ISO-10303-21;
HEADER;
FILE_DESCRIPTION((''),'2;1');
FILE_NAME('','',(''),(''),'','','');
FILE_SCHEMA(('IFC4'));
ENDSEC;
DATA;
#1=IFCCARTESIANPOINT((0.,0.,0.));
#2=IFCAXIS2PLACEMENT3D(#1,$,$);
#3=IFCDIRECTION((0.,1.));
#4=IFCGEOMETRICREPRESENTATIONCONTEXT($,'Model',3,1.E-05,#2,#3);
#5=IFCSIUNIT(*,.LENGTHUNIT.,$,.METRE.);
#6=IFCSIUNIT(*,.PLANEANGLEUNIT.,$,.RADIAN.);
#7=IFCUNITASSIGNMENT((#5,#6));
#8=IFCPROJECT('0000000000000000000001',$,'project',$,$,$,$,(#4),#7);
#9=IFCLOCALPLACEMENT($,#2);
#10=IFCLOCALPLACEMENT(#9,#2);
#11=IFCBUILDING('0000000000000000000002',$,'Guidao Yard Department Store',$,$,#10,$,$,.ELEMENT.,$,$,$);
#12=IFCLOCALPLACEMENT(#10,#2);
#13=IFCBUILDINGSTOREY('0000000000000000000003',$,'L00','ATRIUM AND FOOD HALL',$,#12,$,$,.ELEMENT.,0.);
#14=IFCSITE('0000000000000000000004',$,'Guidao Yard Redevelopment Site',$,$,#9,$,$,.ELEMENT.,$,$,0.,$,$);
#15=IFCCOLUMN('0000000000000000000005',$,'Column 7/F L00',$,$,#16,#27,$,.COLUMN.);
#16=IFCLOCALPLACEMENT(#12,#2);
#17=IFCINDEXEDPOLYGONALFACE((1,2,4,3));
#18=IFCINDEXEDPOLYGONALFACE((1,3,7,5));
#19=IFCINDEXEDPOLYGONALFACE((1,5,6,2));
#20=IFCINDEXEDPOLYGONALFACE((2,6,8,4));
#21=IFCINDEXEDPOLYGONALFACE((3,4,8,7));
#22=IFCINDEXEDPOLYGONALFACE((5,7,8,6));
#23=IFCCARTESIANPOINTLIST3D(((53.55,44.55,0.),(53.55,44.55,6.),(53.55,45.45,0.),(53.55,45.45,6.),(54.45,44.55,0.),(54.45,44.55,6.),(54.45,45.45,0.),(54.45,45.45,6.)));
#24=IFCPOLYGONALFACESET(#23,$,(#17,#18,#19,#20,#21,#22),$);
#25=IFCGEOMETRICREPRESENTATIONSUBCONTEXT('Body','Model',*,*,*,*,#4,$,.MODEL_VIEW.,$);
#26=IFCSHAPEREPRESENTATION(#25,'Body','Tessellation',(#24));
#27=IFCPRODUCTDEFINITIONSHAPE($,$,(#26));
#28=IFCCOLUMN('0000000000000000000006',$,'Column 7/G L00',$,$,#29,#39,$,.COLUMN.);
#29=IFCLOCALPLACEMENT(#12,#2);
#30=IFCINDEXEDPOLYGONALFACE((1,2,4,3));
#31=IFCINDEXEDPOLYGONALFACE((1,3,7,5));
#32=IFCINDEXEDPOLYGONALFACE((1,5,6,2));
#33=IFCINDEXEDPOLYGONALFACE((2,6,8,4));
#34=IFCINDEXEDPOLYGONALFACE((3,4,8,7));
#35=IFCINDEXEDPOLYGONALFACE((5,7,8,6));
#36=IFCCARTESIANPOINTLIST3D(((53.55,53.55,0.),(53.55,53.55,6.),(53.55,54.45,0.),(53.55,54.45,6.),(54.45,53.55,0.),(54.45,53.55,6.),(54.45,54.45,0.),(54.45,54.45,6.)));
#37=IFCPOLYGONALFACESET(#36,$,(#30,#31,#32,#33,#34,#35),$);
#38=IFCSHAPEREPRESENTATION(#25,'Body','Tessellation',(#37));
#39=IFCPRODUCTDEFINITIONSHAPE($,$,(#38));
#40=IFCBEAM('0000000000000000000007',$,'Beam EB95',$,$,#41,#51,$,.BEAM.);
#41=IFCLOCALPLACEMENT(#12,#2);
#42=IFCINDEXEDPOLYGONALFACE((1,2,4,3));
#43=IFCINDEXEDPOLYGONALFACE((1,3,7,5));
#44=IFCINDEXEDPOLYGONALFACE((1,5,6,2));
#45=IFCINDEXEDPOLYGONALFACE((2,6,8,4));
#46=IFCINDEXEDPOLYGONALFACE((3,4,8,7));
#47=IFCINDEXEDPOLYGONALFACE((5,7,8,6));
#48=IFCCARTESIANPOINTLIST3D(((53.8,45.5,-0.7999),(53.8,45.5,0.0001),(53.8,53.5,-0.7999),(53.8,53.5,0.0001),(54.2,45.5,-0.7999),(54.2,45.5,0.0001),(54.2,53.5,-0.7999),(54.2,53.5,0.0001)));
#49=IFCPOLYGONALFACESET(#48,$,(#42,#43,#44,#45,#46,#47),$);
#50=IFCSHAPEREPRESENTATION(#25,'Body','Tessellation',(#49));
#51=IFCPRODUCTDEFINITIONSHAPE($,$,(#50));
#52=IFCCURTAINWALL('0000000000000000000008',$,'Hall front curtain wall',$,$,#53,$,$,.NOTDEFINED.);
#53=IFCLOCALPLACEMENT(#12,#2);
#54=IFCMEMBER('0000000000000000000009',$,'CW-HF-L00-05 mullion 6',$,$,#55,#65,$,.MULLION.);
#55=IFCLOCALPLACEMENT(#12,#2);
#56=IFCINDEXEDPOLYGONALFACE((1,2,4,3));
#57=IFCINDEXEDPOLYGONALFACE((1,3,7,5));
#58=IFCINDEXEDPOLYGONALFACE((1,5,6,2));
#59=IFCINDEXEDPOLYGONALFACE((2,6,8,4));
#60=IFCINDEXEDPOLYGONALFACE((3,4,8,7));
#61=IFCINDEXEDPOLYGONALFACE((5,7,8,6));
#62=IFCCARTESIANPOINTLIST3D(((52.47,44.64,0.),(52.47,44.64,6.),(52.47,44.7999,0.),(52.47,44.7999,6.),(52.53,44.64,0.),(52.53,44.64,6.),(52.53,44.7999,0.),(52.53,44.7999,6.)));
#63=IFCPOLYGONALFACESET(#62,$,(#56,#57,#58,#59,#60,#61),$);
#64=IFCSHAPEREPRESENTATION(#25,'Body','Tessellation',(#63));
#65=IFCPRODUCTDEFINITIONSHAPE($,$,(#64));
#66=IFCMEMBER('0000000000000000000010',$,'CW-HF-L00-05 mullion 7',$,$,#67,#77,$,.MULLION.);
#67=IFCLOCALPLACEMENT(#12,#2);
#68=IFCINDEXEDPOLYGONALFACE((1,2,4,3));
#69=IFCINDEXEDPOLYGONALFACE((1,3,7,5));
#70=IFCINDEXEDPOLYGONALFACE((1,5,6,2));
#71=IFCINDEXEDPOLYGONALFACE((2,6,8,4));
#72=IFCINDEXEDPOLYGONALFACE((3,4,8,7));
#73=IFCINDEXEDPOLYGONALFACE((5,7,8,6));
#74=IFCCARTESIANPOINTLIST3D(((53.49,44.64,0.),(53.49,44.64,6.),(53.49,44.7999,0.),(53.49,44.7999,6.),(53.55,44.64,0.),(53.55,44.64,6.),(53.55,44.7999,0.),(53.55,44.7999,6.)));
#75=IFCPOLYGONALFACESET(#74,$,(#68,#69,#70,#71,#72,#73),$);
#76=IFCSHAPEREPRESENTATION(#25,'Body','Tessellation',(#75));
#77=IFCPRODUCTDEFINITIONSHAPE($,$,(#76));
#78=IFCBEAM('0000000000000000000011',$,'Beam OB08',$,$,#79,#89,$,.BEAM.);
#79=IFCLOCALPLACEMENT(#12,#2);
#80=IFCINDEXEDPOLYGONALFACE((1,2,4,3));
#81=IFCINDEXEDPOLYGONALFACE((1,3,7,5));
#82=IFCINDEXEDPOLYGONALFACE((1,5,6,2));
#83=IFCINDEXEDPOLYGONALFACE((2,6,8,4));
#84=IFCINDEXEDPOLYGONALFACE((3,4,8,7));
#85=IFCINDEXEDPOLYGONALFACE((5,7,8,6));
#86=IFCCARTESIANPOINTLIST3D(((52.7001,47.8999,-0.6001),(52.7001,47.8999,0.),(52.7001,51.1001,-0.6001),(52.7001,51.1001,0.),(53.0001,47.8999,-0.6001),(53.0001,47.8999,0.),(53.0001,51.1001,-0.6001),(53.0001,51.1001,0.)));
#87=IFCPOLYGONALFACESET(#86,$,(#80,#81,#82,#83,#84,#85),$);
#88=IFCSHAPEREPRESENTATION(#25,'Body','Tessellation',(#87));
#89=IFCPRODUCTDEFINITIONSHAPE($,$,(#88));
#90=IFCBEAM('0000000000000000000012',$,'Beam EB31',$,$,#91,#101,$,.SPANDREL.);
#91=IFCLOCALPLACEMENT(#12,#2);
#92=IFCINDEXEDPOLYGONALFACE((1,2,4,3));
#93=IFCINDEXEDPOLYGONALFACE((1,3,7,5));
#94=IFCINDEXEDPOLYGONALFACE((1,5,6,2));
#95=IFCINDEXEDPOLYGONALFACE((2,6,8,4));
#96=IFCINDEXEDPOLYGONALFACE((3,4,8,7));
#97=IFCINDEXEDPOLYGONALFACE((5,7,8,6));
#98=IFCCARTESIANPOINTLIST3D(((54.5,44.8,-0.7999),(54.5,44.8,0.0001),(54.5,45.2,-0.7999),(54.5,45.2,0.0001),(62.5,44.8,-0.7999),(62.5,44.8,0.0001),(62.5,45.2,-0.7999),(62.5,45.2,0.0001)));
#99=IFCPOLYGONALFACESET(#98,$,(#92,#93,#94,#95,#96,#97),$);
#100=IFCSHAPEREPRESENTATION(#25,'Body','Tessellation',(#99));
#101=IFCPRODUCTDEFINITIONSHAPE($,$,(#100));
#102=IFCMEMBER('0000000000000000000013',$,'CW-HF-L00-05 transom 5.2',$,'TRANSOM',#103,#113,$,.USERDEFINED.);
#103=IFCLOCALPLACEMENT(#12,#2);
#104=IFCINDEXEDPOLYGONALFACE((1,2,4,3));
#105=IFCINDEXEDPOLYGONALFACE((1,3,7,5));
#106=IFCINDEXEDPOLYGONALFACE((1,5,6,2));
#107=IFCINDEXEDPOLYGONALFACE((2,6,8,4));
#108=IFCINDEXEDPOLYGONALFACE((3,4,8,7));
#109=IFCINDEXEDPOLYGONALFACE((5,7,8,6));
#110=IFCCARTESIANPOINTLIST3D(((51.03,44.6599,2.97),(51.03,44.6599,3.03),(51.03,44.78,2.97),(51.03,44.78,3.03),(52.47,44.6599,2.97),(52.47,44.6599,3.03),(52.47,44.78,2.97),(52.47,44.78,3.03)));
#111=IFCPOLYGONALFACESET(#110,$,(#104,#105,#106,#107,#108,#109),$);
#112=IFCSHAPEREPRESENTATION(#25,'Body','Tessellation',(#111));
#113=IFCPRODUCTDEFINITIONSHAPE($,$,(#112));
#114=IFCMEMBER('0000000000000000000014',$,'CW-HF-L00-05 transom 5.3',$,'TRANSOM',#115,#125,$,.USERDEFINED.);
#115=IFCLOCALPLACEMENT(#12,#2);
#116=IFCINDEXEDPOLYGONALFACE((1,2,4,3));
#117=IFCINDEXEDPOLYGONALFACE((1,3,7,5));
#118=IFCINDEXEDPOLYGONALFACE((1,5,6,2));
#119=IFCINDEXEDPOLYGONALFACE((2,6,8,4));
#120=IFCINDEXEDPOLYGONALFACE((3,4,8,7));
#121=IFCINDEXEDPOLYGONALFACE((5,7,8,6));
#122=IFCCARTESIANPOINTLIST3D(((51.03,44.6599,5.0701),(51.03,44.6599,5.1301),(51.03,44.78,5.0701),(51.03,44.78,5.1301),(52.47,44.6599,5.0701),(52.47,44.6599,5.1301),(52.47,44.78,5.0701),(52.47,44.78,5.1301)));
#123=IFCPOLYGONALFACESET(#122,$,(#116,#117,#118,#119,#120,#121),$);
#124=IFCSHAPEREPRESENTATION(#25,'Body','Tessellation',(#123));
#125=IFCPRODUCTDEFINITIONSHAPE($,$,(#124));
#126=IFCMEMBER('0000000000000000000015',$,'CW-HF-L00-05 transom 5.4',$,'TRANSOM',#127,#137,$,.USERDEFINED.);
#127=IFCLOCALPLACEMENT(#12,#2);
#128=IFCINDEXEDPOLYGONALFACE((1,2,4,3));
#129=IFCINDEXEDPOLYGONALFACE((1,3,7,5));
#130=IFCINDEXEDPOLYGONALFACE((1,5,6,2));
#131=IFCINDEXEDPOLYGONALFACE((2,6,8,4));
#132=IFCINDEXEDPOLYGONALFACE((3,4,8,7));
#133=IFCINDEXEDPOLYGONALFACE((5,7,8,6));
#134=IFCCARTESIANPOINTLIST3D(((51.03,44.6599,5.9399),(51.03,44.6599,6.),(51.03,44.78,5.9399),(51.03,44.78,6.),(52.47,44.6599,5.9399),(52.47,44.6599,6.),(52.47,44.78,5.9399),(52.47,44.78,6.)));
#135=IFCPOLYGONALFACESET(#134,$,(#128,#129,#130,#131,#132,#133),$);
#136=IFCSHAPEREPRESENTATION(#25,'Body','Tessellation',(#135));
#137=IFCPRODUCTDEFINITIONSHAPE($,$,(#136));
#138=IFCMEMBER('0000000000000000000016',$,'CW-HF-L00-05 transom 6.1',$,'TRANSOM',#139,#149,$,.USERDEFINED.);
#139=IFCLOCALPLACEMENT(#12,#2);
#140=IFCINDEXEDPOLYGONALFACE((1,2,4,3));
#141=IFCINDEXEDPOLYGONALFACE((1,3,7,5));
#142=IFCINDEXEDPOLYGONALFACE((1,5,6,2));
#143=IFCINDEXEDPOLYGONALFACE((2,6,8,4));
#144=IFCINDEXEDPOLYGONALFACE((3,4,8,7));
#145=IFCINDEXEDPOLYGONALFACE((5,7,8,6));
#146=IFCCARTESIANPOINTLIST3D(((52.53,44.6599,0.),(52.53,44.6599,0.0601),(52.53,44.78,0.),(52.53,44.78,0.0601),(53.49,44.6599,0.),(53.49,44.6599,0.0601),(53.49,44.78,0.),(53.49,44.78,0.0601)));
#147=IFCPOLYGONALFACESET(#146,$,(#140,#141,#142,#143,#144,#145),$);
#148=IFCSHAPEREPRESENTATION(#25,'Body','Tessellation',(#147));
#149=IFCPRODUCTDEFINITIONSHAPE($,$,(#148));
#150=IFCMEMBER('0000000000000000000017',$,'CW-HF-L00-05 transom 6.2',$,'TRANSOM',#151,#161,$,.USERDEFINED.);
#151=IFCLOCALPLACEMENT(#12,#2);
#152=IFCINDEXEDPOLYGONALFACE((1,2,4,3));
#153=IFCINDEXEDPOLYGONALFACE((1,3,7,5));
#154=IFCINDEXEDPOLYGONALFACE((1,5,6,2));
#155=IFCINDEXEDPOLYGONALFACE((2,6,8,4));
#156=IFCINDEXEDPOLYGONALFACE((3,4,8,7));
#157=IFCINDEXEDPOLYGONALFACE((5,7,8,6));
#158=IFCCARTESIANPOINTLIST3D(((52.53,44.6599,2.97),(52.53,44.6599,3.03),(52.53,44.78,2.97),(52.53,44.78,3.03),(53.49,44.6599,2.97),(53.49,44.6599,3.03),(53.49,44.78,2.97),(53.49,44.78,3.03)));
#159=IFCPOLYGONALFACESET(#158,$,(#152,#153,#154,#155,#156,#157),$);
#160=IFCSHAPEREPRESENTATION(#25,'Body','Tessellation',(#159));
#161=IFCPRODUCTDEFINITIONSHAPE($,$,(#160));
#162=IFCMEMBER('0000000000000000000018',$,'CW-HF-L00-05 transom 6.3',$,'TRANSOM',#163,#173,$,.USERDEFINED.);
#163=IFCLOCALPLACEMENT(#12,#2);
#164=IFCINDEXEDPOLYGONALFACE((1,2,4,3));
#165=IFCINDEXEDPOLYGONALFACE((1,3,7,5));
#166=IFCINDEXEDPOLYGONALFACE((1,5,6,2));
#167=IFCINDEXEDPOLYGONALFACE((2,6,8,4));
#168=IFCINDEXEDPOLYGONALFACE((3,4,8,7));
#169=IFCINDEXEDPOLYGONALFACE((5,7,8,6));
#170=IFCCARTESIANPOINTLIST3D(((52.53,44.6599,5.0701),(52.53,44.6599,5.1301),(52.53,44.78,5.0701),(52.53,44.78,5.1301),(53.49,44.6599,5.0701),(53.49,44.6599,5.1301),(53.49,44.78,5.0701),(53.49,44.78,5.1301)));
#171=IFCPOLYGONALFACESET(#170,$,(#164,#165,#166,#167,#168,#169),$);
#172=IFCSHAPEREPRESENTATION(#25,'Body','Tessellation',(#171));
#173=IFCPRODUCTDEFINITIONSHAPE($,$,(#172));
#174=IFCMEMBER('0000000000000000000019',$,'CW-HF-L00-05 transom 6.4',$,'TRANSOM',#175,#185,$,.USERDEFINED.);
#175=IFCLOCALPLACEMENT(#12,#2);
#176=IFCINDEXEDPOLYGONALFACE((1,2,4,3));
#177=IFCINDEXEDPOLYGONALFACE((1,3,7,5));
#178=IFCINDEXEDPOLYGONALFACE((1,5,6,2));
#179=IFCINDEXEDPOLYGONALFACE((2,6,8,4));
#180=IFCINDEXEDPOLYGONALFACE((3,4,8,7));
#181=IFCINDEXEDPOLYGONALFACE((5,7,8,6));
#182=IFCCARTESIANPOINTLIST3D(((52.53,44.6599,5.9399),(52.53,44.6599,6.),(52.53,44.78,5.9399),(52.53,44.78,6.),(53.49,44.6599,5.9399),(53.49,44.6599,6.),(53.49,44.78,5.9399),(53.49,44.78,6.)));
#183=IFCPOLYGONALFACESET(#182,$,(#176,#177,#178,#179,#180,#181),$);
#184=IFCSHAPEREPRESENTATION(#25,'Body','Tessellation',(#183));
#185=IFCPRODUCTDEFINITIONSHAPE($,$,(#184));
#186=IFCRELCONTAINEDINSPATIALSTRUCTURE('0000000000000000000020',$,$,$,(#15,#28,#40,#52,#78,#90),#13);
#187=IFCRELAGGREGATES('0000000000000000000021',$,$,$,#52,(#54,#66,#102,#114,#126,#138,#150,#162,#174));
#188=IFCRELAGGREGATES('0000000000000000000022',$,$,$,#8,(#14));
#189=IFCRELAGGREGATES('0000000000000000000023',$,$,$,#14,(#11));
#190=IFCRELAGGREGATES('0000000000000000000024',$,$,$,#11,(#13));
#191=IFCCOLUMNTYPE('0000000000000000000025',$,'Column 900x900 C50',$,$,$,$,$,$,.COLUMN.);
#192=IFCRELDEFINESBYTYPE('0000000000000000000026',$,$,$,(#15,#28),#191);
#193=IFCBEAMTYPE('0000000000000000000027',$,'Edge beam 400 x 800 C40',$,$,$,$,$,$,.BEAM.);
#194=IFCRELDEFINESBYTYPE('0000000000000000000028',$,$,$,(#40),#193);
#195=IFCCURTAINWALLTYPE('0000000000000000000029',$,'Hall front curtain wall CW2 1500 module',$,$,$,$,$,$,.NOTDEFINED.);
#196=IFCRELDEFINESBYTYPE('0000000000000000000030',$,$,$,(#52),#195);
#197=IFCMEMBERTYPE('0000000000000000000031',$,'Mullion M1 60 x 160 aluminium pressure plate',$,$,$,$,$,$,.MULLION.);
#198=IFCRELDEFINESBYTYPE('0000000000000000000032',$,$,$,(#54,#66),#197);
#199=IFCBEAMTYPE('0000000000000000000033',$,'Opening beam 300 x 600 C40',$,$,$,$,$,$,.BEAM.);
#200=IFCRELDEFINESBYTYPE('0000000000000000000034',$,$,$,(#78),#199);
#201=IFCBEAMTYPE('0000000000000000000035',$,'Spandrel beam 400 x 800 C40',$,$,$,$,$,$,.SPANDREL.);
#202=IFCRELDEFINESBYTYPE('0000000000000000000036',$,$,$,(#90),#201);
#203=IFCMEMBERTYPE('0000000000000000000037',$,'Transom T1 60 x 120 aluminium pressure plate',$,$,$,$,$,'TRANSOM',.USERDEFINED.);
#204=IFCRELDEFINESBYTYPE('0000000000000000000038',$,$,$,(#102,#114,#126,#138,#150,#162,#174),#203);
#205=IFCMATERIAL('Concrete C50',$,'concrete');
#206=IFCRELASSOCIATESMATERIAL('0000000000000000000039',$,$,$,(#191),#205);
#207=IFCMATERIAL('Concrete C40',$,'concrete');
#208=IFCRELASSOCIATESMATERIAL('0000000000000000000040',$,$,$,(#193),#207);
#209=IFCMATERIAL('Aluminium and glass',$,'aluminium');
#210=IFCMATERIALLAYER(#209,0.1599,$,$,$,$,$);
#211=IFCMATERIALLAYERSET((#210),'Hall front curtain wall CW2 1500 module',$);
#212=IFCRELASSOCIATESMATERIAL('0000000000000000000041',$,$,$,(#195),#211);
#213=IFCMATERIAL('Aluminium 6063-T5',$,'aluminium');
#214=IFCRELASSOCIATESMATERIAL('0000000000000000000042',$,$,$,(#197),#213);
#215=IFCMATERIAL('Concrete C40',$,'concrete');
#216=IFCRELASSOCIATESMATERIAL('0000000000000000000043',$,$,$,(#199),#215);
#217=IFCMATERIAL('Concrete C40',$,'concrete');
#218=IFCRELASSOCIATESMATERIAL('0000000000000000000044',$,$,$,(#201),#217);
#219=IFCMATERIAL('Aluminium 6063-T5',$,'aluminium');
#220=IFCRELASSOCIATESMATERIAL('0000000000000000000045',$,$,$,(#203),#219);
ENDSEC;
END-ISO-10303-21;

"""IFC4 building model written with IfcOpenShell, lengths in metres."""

from ifc_helpers import new_model, si_unit, direction, frame, origin, origin_2d, place, context, subcontext, project, spatial, rectangle, extrude, material, layer, layer_set, material_profile, profile_set, type_object, element, aggregate, save


model = new_model("IFC4")

# Units and contexts
model_context = context("Model", 3, precision=1e-05, world=origin(), true_north=direction((0.0, 1.0)))
body_context = subcontext(model_context, "Body", "Model", "MODEL_VIEW")
ifc_project = project(units=[si_unit("LENGTHUNIT", "METRE"), si_unit("PLANEANGLEUNIT", "RADIAN")], contexts=[model_context])

# Site, building, storey
site_placement = place(None, origin())
site = spatial("IfcSite", under=ifc_project, at=site_placement, Name="Guidao Yard Redevelopment Site", CompositionType="ELEMENT", RefElevation=0.0)
building_placement = place(site_placement, origin())
building = spatial("IfcBuilding", under=site, at=building_placement, Name="Guidao Yard Department Store", CompositionType="ELEMENT")
storey_placement = place(building_placement, origin())
storey = spatial("IfcBuildingStorey", under=building, at=storey_placement, Name="L00", Description="ATRIUM AND FOOD HALL", CompositionType="ELEMENT", Elevation=0.0)

# Columns
ifc_material_1 = material(Name="Concrete C50", Category="concrete")
ifc_material_profile_1 = material_profile(ifc_material_1, rectangle(XDim=0.8999, YDim=0.8999, at=origin_2d()), Name="COL 900x900")
ifc_profile_set_1 = profile_set([ifc_material_profile_1], Name="Concrete C50")
column_type = type_object("IfcColumnType", Name="Column 900x900 C50", PredefinedType="COLUMN", material=ifc_profile_set_1)
for number, where, z_axis, x_axis, name in (
    (1, (54.0, 45.0, 0.0), (0.0, 0.0, 1.0), (1.0, 0.0, 0.0), "Column 7/F L00"),
    (2, (54.0, 54.0, 0.0), (0.0, 0.0, 1.0), (1.0, 0.0, 0.0), "Column 7/G L00"),
):
    element("IfcColumn", number, at=place(storey_placement, frame(where, z_axis=z_axis, x_axis=x_axis)), inside=storey, type_object=column_type, Name=name, PredefinedType="COLUMN", context=body_context, shape_type="SweptSolid", body=[
        extrude(rectangle(XDim=0.8999, YDim=0.8999, at=origin_2d()), origin(), (0.0, 0.0, 1.0), 6.0),
    ])

# Beam
ifc_material_2 = material(Name="Concrete C40", Category="concrete")
ifc_material_profile_2 = material_profile(ifc_material_2, rectangle(XDim=0.3999, YDim=0.8, at=origin_2d()), Name="Edge beam 400 x 800 C40")
ifc_profile_set_2 = profile_set([ifc_material_profile_2], Name="Concrete C40")
beam_type_1 = type_object("IfcBeamType", Name="Edge beam 400 x 800 C40", PredefinedType="BEAM", material=ifc_profile_set_2)
beam_1_placement = place(storey_placement, frame((54.0, 45.5, -0.3999), z_axis=(0.0, 1.0, 0.0), x_axis=(-1.0, 0.0, 0.0)))
element("IfcBeam", 3, at=beam_1_placement, inside=storey, type_object=beam_type_1, Name="Beam EB95", PredefinedType="BEAM", context=body_context, shape_type="SweptSolid", body=[
    extrude(rectangle(XDim=0.3999, YDim=0.8, at=origin_2d()), origin(), (0.0, 0.0, 1.0), 8.0),
])

# Curtain wall, members
ifc_material_3 = material(Name="Aluminium and glass", Category="aluminium")
ifc_layer_1 = layer(ifc_material_3, 0.1599)
ifc_layer_set_1 = layer_set([ifc_layer_1], Name="Hall front curtain wall CW2 1500 module")
curtain_wall_type = type_object("IfcCurtainWallType", Name="Hall front curtain wall CW2 1500 module", PredefinedType="NOTDEFINED", material=ifc_layer_set_1)
curtain_wall_placement = place(storey_placement, origin())
curtain_wall = element("IfcCurtainWall", 4, at=curtain_wall_placement, inside=storey, type_object=curtain_wall_type, Name="Hall front curtain wall", PredefinedType="NOTDEFINED")
ifc_material_4 = material(Name="Aluminium 6063-T5", Category="aluminium")
ifc_material_profile_3 = material_profile(ifc_material_4, rectangle(XDim=0.0601, YDim=0.1599, at=origin_2d()), Name="Mullion M1 60 x 160 aluminium pressure plate")
ifc_profile_set_3 = profile_set([ifc_material_profile_3], Name="Aluminium 6063-T5")
member_type_1 = type_object("IfcMemberType", Name="Mullion M1 60 x 160 aluminium pressure plate", PredefinedType="MULLION", material=ifc_profile_set_3)
member_1_placement = place(storey_placement, frame((52.5, 44.72, 0.0), z_axis=(0.0, 0.0, 1.0), x_axis=(-1.0, 0.0, 0.0)))
member_1 = element("IfcMember", 5, at=member_1_placement, type_object=member_type_1, Name="CW-HF-L00-05 mullion 6", PredefinedType="MULLION", context=body_context, shape_type="SweptSolid", body=[
    extrude(rectangle(XDim=0.0601, YDim=0.1599, at=origin_2d()), origin(), (0.0, 0.0, 1.0), 6.0),
])
member_2_placement = place(storey_placement, frame((53.52, 44.72, 0.0), z_axis=(0.0, 0.0, 1.0), x_axis=(-1.0, 0.0, 0.0)))
member_2 = element("IfcMember", 6, at=member_2_placement, type_object=member_type_1, Name="CW-HF-L00-05 mullion 7", PredefinedType="MULLION", context=body_context, shape_type="SweptSolid", body=[
    extrude(rectangle(XDim=0.0601, YDim=0.1599, at=origin_2d()), origin(), (0.0, 0.0, 1.0), 6.0),
])

# Beams
ifc_material_5 = material(Name="Concrete C40", Category="concrete")
ifc_material_profile_4 = material_profile(ifc_material_5, rectangle(XDim=0.3, YDim=0.6001, at=origin_2d()), Name="Opening beam 300 x 600 C40")
ifc_profile_set_4 = profile_set([ifc_material_profile_4], Name="Concrete C40")
beam_type_2 = type_object("IfcBeamType", Name="Opening beam 300 x 600 C40", PredefinedType="BEAM", material=ifc_profile_set_4)
beam_2_placement = place(storey_placement, frame((52.8501, 47.8999, -0.3), z_axis=(0.0, 1.0, 0.0), x_axis=(-1.0, 0.0, 0.0)))
element("IfcBeam", 7, at=beam_2_placement, inside=storey, type_object=beam_type_2, Name="Beam OB08", PredefinedType="BEAM", context=body_context, shape_type="SweptSolid", body=[
    extrude(rectangle(XDim=0.3, YDim=0.6001, at=origin_2d()), origin(), (0.0, 0.0, 1.0), 3.2002),
])
ifc_material_6 = material(Name="Concrete C40", Category="concrete")
ifc_material_profile_5 = material_profile(ifc_material_6, rectangle(XDim=0.3999, YDim=0.8, at=origin_2d()), Name="Spandrel beam 400 x 800 C40")
ifc_profile_set_5 = profile_set([ifc_material_profile_5], Name="Concrete C40")
beam_type_3 = type_object("IfcBeamType", Name="Spandrel beam 400 x 800 C40", PredefinedType="SPANDREL", material=ifc_profile_set_5)
beam_3_placement = place(storey_placement, frame((54.5, 45.0, -0.3999), z_axis=(1.0, 0.0, 0.0), x_axis=(0.0, 1.0, 0.0)))
element("IfcBeam", 8, at=beam_3_placement, inside=storey, type_object=beam_type_3, Name="Beam EB31", PredefinedType="SPANDREL", context=body_context, shape_type="SweptSolid", body=[
    extrude(rectangle(XDim=0.3999, YDim=0.8, at=origin_2d()), origin(), (0.0, 0.0, 1.0), 8.0),
])

# Members
ifc_material_7 = material(Name="Aluminium 6063-T5", Category="aluminium")
ifc_material_profile_6 = material_profile(ifc_material_7, rectangle(XDim=0.1201, YDim=0.0601, at=origin_2d()), Name="Transom T1 60 x 120 aluminium pressure plate")
ifc_profile_set_6 = profile_set([ifc_material_profile_6], Name="Aluminium 6063-T5")
member_type_2 = type_object("IfcMemberType", Name="Transom T1 60 x 120 aluminium pressure plate", ElementType="TRANSOM", PredefinedType="USERDEFINED", material=ifc_profile_set_6)
member_3_placement = place(storey_placement, frame((52.47, 44.72, 3.0), z_axis=(-1.0, 0.0, 0.0), x_axis=(0.0, -1.0, 0.0)))
member_3 = element("IfcMember", 9, at=member_3_placement, type_object=member_type_2, Name="CW-HF-L00-05 transom 5.2", ObjectType="TRANSOM", PredefinedType="USERDEFINED", context=body_context, shape_type="SweptSolid", body=[
    extrude(rectangle(XDim=0.1201, YDim=0.0601, at=origin_2d()), origin(), (0.0, 0.0, 1.0), 1.4399),
])
member_4_placement = place(storey_placement, frame((52.47, 44.72, 5.1001), z_axis=(-1.0, 0.0, 0.0), x_axis=(0.0, -1.0, 0.0)))
member_4 = element("IfcMember", 10, at=member_4_placement, type_object=member_type_2, Name="CW-HF-L00-05 transom 5.3", ObjectType="TRANSOM", PredefinedType="USERDEFINED", context=body_context, shape_type="SweptSolid", body=[
    extrude(rectangle(XDim=0.1201, YDim=0.0601, at=origin_2d()), origin(), (0.0, 0.0, 1.0), 1.4399),
])
member_5_placement = place(storey_placement, frame((52.47, 44.72, 5.97), z_axis=(-1.0, 0.0, 0.0), x_axis=(0.0, -1.0, 0.0)))
member_5 = element("IfcMember", 11, at=member_5_placement, type_object=member_type_2, Name="CW-HF-L00-05 transom 5.4", ObjectType="TRANSOM", PredefinedType="USERDEFINED", context=body_context, shape_type="SweptSolid", body=[
    extrude(rectangle(XDim=0.1201, YDim=0.0601, at=origin_2d()), origin(), (0.0, 0.0, 1.0), 1.4399),
])
member_6_placement = place(storey_placement, frame((53.49, 44.72, 0.03), z_axis=(-1.0, 0.0, 0.0), x_axis=(0.0, -1.0, 0.0)))
member_6 = element("IfcMember", 12, at=member_6_placement, type_object=member_type_2, Name="CW-HF-L00-05 transom 6.1", ObjectType="TRANSOM", PredefinedType="USERDEFINED", context=body_context, shape_type="SweptSolid", body=[
    extrude(rectangle(XDim=0.1201, YDim=0.0601, at=origin_2d()), origin(), (0.0, 0.0, 1.0), 0.96),
])
member_7_placement = place(storey_placement, frame((53.49, 44.72, 3.0), z_axis=(-1.0, 0.0, 0.0), x_axis=(0.0, -1.0, 0.0)))
member_7 = element("IfcMember", 13, at=member_7_placement, type_object=member_type_2, Name="CW-HF-L00-05 transom 6.2", ObjectType="TRANSOM", PredefinedType="USERDEFINED", context=body_context, shape_type="SweptSolid", body=[
    extrude(rectangle(XDim=0.1201, YDim=0.0601, at=origin_2d()), origin(), (0.0, 0.0, 1.0), 0.96),
])
member_8_placement = place(storey_placement, frame((53.49, 44.72, 5.1001), z_axis=(-1.0, 0.0, 0.0), x_axis=(0.0, -1.0, 0.0)))
member_8 = element("IfcMember", 14, at=member_8_placement, type_object=member_type_2, Name="CW-HF-L00-05 transom 6.3", ObjectType="TRANSOM", PredefinedType="USERDEFINED", context=body_context, shape_type="SweptSolid", body=[
    extrude(rectangle(XDim=0.1201, YDim=0.0601, at=origin_2d()), origin(), (0.0, 0.0, 1.0), 0.96),
])
member_9_placement = place(storey_placement, frame((53.49, 44.72, 5.97), z_axis=(-1.0, 0.0, 0.0), x_axis=(0.0, -1.0, 0.0)))
member_9 = element("IfcMember", 15, at=member_9_placement, type_object=member_type_2, Name="CW-HF-L00-05 transom 6.4", ObjectType="TRANSOM", PredefinedType="USERDEFINED", context=body_context, shape_type="SweptSolid", body=[
    extrude(rectangle(XDim=0.1201, YDim=0.0601, at=origin_2d()), origin(), (0.0, 0.0, 1.0), 0.96),
])

aggregate(curtain_wall, [member_1, member_2, member_3, member_4, member_5, member_6, member_7, member_8, member_9])

save(model, "model.ifc")
